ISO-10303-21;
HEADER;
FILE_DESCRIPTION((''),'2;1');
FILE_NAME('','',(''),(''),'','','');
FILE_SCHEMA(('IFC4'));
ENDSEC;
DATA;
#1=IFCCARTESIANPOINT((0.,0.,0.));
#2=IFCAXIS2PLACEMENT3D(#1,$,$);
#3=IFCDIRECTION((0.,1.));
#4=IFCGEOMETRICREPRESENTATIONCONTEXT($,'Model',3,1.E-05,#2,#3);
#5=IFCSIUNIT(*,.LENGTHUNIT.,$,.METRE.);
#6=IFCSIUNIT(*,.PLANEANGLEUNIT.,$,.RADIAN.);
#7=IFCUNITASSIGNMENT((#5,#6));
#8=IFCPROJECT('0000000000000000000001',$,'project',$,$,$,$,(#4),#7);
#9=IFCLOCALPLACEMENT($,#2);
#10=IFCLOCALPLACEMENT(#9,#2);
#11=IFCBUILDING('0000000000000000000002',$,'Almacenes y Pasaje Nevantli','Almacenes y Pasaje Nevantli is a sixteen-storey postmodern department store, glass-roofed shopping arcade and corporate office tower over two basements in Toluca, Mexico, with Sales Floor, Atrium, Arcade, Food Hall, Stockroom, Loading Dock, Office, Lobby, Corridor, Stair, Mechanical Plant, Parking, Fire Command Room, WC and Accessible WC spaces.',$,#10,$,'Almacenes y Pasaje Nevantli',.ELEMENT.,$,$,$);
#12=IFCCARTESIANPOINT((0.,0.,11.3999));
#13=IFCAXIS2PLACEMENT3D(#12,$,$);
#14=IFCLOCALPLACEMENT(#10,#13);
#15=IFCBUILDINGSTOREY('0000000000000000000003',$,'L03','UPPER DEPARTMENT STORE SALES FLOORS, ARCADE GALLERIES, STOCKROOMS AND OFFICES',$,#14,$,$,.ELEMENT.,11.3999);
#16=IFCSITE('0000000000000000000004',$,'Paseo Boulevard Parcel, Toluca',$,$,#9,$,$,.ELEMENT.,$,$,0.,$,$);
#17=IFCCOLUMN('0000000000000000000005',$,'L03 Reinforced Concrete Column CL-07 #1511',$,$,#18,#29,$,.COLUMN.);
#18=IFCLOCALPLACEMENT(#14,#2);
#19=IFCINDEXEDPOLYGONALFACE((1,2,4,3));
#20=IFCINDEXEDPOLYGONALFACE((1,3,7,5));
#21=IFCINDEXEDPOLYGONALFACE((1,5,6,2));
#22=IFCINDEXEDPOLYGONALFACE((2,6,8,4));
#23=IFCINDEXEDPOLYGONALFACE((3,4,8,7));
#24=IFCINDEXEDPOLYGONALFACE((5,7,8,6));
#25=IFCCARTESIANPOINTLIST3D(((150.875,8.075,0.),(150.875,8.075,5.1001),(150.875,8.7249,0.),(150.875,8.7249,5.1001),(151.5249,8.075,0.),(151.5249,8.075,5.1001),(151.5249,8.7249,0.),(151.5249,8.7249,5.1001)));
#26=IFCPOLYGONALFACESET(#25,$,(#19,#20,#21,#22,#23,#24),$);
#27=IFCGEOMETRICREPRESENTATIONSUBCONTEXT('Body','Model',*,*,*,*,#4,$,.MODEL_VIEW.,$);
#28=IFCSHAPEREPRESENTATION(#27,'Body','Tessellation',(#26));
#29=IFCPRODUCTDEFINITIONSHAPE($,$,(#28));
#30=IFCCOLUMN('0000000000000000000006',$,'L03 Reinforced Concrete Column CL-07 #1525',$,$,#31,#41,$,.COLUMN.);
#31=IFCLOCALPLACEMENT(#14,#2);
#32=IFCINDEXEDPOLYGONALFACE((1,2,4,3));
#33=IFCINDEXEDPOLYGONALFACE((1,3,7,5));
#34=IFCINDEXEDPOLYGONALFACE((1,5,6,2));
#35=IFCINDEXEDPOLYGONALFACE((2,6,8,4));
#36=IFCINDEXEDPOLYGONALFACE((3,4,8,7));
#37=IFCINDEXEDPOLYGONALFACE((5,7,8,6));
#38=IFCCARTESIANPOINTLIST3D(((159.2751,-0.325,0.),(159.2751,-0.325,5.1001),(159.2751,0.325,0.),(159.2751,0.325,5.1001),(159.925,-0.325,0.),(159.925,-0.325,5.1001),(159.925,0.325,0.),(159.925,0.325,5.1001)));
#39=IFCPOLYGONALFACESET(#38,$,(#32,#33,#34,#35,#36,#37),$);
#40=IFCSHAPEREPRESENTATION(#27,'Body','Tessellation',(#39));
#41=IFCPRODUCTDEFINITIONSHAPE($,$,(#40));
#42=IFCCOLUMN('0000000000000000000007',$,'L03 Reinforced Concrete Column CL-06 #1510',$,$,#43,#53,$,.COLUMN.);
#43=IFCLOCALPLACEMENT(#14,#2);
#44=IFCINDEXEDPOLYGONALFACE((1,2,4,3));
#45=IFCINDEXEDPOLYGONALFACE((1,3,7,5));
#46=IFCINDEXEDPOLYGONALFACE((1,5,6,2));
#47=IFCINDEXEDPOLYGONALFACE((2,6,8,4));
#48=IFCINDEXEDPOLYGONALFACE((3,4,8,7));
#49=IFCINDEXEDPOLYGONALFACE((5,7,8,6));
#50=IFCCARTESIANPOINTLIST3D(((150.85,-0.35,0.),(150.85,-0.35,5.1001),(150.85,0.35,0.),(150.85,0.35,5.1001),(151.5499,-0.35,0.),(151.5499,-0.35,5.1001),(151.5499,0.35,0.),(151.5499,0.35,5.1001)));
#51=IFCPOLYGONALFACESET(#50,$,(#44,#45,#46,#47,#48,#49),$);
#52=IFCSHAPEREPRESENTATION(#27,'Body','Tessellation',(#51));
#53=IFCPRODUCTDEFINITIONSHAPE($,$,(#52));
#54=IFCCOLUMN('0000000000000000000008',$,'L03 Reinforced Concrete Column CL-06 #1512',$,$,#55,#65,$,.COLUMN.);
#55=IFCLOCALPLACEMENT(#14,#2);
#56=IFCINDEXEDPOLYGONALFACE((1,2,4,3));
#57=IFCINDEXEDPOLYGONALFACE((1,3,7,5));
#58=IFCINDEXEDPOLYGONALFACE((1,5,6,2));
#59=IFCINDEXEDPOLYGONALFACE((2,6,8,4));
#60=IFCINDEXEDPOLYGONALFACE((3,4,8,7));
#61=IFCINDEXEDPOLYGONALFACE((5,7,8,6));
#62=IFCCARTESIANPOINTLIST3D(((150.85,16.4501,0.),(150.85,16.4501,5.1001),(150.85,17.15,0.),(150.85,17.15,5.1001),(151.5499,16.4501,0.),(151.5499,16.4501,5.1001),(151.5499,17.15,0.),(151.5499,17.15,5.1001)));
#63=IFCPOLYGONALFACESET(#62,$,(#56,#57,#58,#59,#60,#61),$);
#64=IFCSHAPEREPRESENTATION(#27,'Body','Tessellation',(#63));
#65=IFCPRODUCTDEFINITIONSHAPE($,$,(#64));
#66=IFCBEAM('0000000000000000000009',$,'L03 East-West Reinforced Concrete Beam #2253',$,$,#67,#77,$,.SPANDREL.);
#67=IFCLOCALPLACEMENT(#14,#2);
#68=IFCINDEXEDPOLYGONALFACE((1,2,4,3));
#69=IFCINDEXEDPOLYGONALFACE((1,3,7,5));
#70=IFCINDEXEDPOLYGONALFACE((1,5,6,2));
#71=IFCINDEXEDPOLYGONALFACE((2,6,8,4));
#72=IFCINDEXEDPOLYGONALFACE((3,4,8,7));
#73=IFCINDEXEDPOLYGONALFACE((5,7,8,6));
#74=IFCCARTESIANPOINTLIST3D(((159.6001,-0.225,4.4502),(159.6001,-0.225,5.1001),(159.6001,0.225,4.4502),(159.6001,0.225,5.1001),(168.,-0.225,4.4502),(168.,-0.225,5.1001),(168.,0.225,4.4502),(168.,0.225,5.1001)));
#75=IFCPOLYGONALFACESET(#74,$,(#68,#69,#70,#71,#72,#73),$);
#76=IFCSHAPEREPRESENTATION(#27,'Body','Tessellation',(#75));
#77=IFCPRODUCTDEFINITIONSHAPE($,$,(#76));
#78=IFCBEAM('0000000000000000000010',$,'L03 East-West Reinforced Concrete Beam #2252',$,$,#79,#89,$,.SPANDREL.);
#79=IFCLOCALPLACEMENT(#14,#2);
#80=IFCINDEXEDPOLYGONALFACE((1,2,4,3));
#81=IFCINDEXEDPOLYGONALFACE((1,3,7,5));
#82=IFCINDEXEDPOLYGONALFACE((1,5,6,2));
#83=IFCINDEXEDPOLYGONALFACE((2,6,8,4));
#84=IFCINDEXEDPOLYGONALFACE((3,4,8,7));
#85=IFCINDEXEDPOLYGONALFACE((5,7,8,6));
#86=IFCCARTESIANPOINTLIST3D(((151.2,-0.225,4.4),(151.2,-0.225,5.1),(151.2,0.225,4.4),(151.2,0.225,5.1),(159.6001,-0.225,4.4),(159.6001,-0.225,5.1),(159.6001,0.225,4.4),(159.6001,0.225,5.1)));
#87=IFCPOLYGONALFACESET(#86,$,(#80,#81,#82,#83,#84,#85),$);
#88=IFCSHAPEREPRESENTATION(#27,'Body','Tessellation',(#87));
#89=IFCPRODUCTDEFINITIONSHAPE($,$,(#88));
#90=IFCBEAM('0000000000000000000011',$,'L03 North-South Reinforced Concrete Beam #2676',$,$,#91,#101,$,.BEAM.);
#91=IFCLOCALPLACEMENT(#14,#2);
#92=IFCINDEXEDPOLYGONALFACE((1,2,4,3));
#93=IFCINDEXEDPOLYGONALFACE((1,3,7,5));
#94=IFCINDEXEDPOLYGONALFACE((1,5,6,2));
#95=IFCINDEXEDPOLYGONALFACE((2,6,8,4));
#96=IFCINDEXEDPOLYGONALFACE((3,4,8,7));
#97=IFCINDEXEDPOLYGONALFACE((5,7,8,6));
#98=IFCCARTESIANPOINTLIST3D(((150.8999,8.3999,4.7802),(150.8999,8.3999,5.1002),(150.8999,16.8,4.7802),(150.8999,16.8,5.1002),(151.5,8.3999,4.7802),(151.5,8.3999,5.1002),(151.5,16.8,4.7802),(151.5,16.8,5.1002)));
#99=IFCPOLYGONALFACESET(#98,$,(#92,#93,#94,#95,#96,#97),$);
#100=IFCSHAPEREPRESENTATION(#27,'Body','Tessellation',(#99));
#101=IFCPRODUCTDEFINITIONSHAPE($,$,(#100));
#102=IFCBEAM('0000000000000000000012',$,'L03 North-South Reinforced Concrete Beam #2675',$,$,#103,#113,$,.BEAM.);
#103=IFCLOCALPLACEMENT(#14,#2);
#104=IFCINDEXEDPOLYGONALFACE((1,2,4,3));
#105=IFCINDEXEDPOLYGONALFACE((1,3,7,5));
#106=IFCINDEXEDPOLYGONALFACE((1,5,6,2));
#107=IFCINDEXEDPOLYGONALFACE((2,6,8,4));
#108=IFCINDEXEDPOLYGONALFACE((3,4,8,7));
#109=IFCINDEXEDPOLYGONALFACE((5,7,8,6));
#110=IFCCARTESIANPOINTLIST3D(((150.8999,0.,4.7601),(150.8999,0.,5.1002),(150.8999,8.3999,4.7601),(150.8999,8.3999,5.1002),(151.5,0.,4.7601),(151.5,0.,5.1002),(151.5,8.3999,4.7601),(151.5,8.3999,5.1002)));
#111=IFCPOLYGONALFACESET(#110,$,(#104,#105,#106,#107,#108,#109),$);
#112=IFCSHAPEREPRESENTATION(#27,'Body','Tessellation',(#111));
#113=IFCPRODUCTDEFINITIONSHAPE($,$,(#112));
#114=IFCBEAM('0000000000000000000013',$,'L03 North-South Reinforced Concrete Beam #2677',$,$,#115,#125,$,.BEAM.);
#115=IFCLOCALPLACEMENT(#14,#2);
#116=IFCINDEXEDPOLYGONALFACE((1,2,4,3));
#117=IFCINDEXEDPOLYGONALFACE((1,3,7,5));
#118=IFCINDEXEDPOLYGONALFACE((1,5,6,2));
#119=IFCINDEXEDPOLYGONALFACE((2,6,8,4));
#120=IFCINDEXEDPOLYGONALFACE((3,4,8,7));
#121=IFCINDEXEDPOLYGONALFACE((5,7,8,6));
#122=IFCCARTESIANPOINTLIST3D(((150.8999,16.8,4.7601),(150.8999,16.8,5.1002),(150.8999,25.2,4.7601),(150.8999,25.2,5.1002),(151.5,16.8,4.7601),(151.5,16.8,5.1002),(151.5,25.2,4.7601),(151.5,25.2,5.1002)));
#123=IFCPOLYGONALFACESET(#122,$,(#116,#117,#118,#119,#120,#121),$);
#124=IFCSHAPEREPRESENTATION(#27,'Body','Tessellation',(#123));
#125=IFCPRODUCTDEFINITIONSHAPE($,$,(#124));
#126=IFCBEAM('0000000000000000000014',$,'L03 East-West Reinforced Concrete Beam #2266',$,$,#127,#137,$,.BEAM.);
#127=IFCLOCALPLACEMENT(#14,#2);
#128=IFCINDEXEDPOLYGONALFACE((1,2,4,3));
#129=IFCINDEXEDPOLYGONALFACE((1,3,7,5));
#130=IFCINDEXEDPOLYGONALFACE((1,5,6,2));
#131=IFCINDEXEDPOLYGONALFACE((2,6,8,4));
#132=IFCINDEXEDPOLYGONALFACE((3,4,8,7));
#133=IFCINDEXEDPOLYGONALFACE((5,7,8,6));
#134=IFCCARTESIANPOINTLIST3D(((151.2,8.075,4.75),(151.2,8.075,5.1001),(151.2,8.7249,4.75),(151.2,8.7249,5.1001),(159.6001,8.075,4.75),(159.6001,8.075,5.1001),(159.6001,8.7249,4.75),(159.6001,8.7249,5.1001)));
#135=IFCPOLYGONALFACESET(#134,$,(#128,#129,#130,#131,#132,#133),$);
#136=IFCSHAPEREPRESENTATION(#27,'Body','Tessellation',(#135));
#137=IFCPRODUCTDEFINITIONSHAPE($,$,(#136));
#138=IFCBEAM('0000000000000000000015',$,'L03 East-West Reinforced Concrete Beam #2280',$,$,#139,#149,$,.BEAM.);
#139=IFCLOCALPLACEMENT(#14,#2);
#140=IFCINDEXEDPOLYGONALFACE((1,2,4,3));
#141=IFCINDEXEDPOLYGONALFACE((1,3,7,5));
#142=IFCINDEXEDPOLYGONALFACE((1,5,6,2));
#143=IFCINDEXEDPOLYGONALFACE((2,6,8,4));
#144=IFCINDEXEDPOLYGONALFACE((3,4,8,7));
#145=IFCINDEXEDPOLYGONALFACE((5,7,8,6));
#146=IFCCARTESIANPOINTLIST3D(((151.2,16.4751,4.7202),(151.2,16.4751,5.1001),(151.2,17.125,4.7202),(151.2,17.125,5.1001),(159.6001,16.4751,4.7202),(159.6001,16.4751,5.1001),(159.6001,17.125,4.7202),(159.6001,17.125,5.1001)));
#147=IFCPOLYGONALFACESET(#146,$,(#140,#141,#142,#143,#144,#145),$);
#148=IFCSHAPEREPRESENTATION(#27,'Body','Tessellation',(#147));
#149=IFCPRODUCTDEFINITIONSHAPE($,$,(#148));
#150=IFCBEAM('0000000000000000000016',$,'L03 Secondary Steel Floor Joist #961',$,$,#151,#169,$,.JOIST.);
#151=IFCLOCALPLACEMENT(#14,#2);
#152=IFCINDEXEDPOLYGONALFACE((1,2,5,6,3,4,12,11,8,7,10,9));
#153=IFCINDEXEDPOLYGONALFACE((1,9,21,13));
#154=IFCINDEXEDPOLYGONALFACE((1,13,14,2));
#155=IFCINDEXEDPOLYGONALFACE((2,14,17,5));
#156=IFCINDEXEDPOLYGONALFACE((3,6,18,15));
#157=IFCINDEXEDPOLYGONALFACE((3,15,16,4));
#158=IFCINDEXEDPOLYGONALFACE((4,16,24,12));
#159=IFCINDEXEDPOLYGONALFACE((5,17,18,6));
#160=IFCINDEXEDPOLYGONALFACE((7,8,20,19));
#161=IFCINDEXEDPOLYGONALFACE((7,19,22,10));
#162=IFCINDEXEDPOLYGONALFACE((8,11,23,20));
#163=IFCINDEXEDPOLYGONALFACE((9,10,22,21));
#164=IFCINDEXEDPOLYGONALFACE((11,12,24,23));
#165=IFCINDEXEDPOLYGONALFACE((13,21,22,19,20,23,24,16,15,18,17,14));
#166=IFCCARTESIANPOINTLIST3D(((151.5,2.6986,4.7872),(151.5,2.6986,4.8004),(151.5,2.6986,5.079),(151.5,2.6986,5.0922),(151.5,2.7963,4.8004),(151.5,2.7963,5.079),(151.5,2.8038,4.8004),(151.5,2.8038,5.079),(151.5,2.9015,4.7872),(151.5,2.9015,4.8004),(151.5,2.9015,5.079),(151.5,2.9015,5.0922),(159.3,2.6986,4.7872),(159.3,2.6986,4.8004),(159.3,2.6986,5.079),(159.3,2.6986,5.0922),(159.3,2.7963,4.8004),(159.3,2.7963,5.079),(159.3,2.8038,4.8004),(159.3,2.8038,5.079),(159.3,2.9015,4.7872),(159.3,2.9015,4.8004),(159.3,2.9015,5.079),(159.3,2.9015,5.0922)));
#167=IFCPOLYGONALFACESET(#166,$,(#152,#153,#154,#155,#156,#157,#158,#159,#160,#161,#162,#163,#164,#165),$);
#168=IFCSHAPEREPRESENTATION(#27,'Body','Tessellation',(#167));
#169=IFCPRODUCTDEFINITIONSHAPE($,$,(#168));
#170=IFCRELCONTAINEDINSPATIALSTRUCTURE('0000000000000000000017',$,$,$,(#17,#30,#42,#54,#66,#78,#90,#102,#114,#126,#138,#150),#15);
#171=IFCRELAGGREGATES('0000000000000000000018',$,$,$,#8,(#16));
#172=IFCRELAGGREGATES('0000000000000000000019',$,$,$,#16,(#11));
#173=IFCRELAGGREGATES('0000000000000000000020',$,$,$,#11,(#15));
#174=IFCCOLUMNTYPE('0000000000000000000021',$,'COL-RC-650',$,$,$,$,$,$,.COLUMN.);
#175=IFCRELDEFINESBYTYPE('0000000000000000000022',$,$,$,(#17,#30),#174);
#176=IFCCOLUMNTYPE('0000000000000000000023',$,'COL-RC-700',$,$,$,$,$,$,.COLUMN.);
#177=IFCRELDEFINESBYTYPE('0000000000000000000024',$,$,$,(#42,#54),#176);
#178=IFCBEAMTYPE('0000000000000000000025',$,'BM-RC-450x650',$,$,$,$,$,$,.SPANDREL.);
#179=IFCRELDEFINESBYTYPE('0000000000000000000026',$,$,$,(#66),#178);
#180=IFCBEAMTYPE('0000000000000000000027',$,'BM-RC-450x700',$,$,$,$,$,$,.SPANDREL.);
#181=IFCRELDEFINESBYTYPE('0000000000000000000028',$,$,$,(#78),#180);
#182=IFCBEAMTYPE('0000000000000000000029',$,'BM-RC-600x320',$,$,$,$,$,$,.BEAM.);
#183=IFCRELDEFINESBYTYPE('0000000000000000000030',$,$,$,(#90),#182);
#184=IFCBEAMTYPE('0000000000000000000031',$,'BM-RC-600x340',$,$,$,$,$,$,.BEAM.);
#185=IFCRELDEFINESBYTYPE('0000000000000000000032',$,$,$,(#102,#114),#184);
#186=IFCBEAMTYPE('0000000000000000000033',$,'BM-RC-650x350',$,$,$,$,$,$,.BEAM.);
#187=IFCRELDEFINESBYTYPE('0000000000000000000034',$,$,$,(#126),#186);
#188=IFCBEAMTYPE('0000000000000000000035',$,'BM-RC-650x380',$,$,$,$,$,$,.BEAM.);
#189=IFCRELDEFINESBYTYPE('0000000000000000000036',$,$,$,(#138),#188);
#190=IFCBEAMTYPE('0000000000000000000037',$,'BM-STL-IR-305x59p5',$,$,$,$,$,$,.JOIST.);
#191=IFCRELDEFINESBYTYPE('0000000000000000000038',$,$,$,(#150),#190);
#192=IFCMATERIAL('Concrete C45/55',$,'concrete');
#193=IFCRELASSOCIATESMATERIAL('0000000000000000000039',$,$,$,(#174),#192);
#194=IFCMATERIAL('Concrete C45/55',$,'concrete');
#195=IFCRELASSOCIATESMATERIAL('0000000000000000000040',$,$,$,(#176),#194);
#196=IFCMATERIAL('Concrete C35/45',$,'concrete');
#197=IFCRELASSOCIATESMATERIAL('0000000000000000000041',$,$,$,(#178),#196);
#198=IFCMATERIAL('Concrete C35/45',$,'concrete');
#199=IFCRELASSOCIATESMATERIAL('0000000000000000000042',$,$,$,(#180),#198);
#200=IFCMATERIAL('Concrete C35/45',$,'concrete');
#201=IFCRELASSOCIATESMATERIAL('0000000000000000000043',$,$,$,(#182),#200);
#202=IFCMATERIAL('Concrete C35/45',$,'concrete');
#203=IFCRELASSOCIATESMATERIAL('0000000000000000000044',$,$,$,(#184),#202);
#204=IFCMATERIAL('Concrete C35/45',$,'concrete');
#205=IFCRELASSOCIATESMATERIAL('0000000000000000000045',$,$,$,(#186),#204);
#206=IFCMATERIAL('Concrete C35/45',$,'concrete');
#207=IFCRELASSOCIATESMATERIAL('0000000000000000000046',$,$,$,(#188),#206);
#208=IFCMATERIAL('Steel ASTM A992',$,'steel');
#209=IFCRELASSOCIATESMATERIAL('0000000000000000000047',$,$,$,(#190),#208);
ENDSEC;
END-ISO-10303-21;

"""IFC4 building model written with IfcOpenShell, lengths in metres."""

from ifc_helpers import new_model, si_unit, direction, frame, origin, origin_2d, place, context, subcontext, project, spatial, rectangle, i_section, extrude, material, material_profile, profile_set, type_object, element, save


model = new_model("IFC4")

# Units and contexts
model_context = context("Model", 3, precision=1e-05, world=origin(), true_north=direction((0.0, 1.0)))
body_context = subcontext(model_context, "Body", "Model", "MODEL_VIEW")
ifc_project = project(units=[si_unit("LENGTHUNIT", "METRE"), si_unit("PLANEANGLEUNIT", "RADIAN")], contexts=[model_context])

# Site, building, storey
site_placement = place(None, origin())
site = spatial("IfcSite", under=ifc_project, at=site_placement, Name="Paseo Boulevard Parcel, Toluca", CompositionType="ELEMENT", RefElevation=0.0)
building_placement = place(site_placement, origin())
building = spatial("IfcBuilding", under=site, at=building_placement, Name="Almacenes y Pasaje Nevantli", Description="Almacenes y Pasaje Nevantli is a sixteen-storey postmodern department store, glass-roofed shopping arcade and corporate office tower over two basements in Toluca, Mexico, with Sales Floor, Atrium, Arcade, Food Hall, Stockroom, Loading Dock, Office, Lobby, Corridor, Stair, Mechanical Plant, Parking, Fire Command Room, WC and Accessible WC spaces.", LongName="Almacenes y Pasaje Nevantli", CompositionType="ELEMENT")
storey_placement = place(building_placement, frame((0.0, 0.0, 11.3999)))
storey = spatial("IfcBuildingStorey", under=building, at=storey_placement, Name="L03", Description="UPPER DEPARTMENT STORE SALES FLOORS, ARCADE GALLERIES, STOCKROOMS AND OFFICES", CompositionType="ELEMENT", Elevation=11.3999)

# Columns
ifc_material_1 = material(Name="Concrete C45/55", Category="concrete")
ifc_material_profile_1 = material_profile(ifc_material_1, rectangle(XDim=0.6499, YDim=0.6499, at=origin_2d()), Name="RC-COL-650x650")
ifc_profile_set_1 = profile_set([ifc_material_profile_1], Name="Concrete C45/55")
column_type_1 = type_object("IfcColumnType", Name="COL-RC-650", PredefinedType="COLUMN", material=ifc_profile_set_1)
for number, where, z_axis, x_axis, name in (
    (1, (151.2, 8.3999, 0.0), (0.0, 0.0, 1.0), (1.0, 0.0, 0.0), "L03 Reinforced Concrete Column CL-07 #1511"),
    (2, (159.6001, 0.0, 0.0), (0.0, 0.0, 1.0), (1.0, 0.0, 0.0), "L03 Reinforced Concrete Column CL-07 #1525"),
):
    element("IfcColumn", number, at=place(storey_placement, frame(where, z_axis=z_axis, x_axis=x_axis)), inside=storey, type_object=column_type_1, Name=name, PredefinedType="COLUMN", context=body_context, shape_type="SweptSolid", body=[
        extrude(rectangle(XDim=0.6499, YDim=0.6499, at=origin_2d()), origin(), (0.0, 0.0, 1.0), 5.1001),
    ])
ifc_material_2 = material(Name="Concrete C45/55", Category="concrete")
ifc_material_profile_2 = material_profile(ifc_material_2, rectangle(XDim=0.7, YDim=0.7, at=origin_2d()), Name="RC-COL-700x700")
ifc_profile_set_2 = profile_set([ifc_material_profile_2], Name="Concrete C45/55")
column_type_2 = type_object("IfcColumnType", Name="COL-RC-700", PredefinedType="COLUMN", material=ifc_profile_set_2)
for number, where, z_axis, x_axis, name in (
    (3, (151.2, 0.0, 0.0), (0.0, 0.0, 1.0), (1.0, 0.0, 0.0), "L03 Reinforced Concrete Column CL-06 #1510"),
    (4, (151.2, 16.8, 0.0), (0.0, 0.0, 1.0), (1.0, 0.0, 0.0), "L03 Reinforced Concrete Column CL-06 #1512"),
):
    element("IfcColumn", number, at=place(storey_placement, frame(where, z_axis=z_axis, x_axis=x_axis)), inside=storey, type_object=column_type_2, Name=name, PredefinedType="COLUMN", context=body_context, shape_type="SweptSolid", body=[
        extrude(rectangle(XDim=0.7, YDim=0.7, at=origin_2d()), origin(), (0.0, 0.0, 1.0), 5.1001),
    ])

# Beams
ifc_material_3 = material(Name="Concrete C35/45", Category="concrete")
ifc_material_profile_3 = material_profile(ifc_material_3, rectangle(XDim=0.45, YDim=0.6499, at=origin_2d()), Name="RC-BM-450x650")
ifc_profile_set_3 = profile_set([ifc_material_profile_3], Name="Concrete C35/45")
beam_type_1 = type_object("IfcBeamType", Name="BM-RC-450x650", PredefinedType="SPANDREL", material=ifc_profile_set_3)
beam_1_placement = place(storey_placement, frame((159.6001, 0.0, 4.7751), z_axis=(1.0, 0.0, 0.0), x_axis=(0.0, 1.0, 0.0)))
element("IfcBeam", 5, at=beam_1_placement, inside=storey, type_object=beam_type_1, Name="L03 East-West Reinforced Concrete Beam #2253", PredefinedType="SPANDREL", context=body_context, shape_type="SweptSolid", body=[
    extrude(rectangle(XDim=0.45, YDim=0.6499, at=origin_2d()), origin(), (0.0, 0.0, 1.0), 8.3999),
])
ifc_material_4 = material(Name="Concrete C35/45", Category="concrete")
ifc_material_profile_4 = material_profile(ifc_material_4, rectangle(XDim=0.45, YDim=0.7, at=origin_2d()), Name="RC-BM-450x700")
ifc_profile_set_4 = profile_set([ifc_material_profile_4], Name="Concrete C35/45")
beam_type_2 = type_object("IfcBeamType", Name="BM-RC-450x700", PredefinedType="SPANDREL", material=ifc_profile_set_4)
beam_2_placement = place(storey_placement, frame((151.2, 0.0, 4.75), z_axis=(1.0, 0.0, 0.0), x_axis=(0.0, 1.0, 0.0)))
element("IfcBeam", 6, at=beam_2_placement, inside=storey, type_object=beam_type_2, Name="L03 East-West Reinforced Concrete Beam #2252", PredefinedType="SPANDREL", context=body_context, shape_type="SweptSolid", body=[
    extrude(rectangle(XDim=0.45, YDim=0.7, at=origin_2d()), origin(), (0.0, 0.0, 1.0), 8.4001),
])
ifc_material_5 = material(Name="Concrete C35/45", Category="concrete")
ifc_material_profile_5 = material_profile(ifc_material_5, rectangle(XDim=0.6001, YDim=0.3201, at=origin_2d()), Name="RC-BM-600x320")
ifc_profile_set_5 = profile_set([ifc_material_profile_5], Name="Concrete C35/45")
beam_type_3 = type_object("IfcBeamType", Name="BM-RC-600x320", PredefinedType="BEAM", material=ifc_profile_set_5)
beam_3_placement = place(storey_placement, frame((151.2, 8.3999, 4.9402), z_axis=(0.0, 1.0, 0.0), x_axis=(-1.0, 0.0, 0.0)))
element("IfcBeam", 7, at=beam_3_placement, inside=storey, type_object=beam_type_3, Name="L03 North-South Reinforced Concrete Beam #2676", PredefinedType="BEAM", context=body_context, shape_type="SweptSolid", body=[
    extrude(rectangle(XDim=0.6001, YDim=0.3201, at=origin_2d()), origin(), (0.0, 0.0, 1.0), 8.4001),
])
ifc_material_6 = material(Name="Concrete C35/45", Category="concrete")
ifc_material_profile_6 = material_profile(ifc_material_6, rectangle(XDim=0.6001, YDim=0.3401, at=origin_2d()), Name="RC-BM-600x340")
ifc_profile_set_6 = profile_set([ifc_material_profile_6], Name="Concrete C35/45")
beam_type_4 = type_object("IfcBeamType", Name="BM-RC-600x340", PredefinedType="BEAM", material=ifc_profile_set_6)
for number, where, z_axis, x_axis, name in (
    (8, (151.2, 0.0, 4.9302), (0.0, 1.0, 0.0), (-1.0, 0.0, 0.0), "L03 North-South Reinforced Concrete Beam #2675"),
    (9, (151.2, 16.8, 4.9302), (0.0, 1.0, 0.0), (-1.0, 0.0, 0.0), "L03 North-South Reinforced Concrete Beam #2677"),
):
    element("IfcBeam", number, at=place(storey_placement, frame(where, z_axis=z_axis, x_axis=x_axis)), inside=storey, type_object=beam_type_4, Name=name, PredefinedType="BEAM", context=body_context, shape_type="SweptSolid", body=[
        extrude(rectangle(XDim=0.6001, YDim=0.3401, at=origin_2d()), origin(), (0.0, 0.0, 1.0), 8.3999),
    ])
ifc_material_7 = material(Name="Concrete C35/45", Category="concrete")
ifc_material_profile_7 = material_profile(ifc_material_7, rectangle(XDim=0.6499, YDim=0.3501, at=origin_2d()), Name="RC-BM-650x350")
ifc_profile_set_7 = profile_set([ifc_material_profile_7], Name="Concrete C35/45")
beam_type_5 = type_object("IfcBeamType", Name="BM-RC-650x350", PredefinedType="BEAM", material=ifc_profile_set_7)
beam_4_placement = place(storey_placement, frame((151.2, 8.3999, 4.925), z_axis=(1.0, 0.0, 0.0), x_axis=(0.0, 1.0, 0.0)))
element("IfcBeam", 10, at=beam_4_placement, inside=storey, type_object=beam_type_5, Name="L03 East-West Reinforced Concrete Beam #2266", PredefinedType="BEAM", context=body_context, shape_type="SweptSolid", body=[
    extrude(rectangle(XDim=0.6499, YDim=0.3501, at=origin_2d()), origin(), (0.0, 0.0, 1.0), 8.4001),
])
ifc_material_8 = material(Name="Concrete C35/45", Category="concrete")
ifc_material_profile_8 = material_profile(ifc_material_8, rectangle(XDim=0.6499, YDim=0.3799, at=origin_2d()), Name="RC-BM-650x380")
ifc_profile_set_8 = profile_set([ifc_material_profile_8], Name="Concrete C35/45")
beam_type_6 = type_object("IfcBeamType", Name="BM-RC-650x380", PredefinedType="BEAM", material=ifc_profile_set_8)
beam_5_placement = place(storey_placement, frame((151.2, 16.8, 4.9102), z_axis=(1.0, 0.0, 0.0), x_axis=(0.0, 1.0, 0.0)))
element("IfcBeam", 11, at=beam_5_placement, inside=storey, type_object=beam_type_6, Name="L03 East-West Reinforced Concrete Beam #2280", PredefinedType="BEAM", context=body_context, shape_type="SweptSolid", body=[
    extrude(rectangle(XDim=0.6499, YDim=0.3799, at=origin_2d()), origin(), (0.0, 0.0, 1.0), 8.4001),
])
ifc_material_9 = material(Name="Steel ASTM A992", Category="steel")
ifc_material_profile_9 = material_profile(ifc_material_9, i_section(OverallWidth=0.2029, OverallDepth=0.3049, WebThickness=0.0076, FlangeThickness=0.0132, at=origin_2d()), Name="IR 305x59.5")
ifc_profile_set_9 = profile_set([ifc_material_profile_9], Name="Steel ASTM A992")
beam_type_7 = type_object("IfcBeamType", Name="BM-STL-IR-305x59p5", PredefinedType="JOIST", material=ifc_profile_set_9)
for number, where, z_axis, x_axis, name in (
    (12, (151.5, 2.8, 4.9397), (1.0, 0.0, 0.0), (0.0, 1.0, 0.0), "L03 Secondary Steel Floor Joist #961"),
):
    element("IfcBeam", number, at=place(storey_placement, frame(where, z_axis=z_axis, x_axis=x_axis)), inside=storey, type_object=beam_type_7, Name=name, PredefinedType="JOIST", context=body_context, shape_type="SweptSolid", body=[
        extrude(i_section(OverallWidth=0.2029, OverallDepth=0.3049, WebThickness=0.0076, FlangeThickness=0.0132, at=origin_2d()), origin(), (0.0, 0.0, 1.0), 7.8),
    ])

save(model, "model.ifc")
